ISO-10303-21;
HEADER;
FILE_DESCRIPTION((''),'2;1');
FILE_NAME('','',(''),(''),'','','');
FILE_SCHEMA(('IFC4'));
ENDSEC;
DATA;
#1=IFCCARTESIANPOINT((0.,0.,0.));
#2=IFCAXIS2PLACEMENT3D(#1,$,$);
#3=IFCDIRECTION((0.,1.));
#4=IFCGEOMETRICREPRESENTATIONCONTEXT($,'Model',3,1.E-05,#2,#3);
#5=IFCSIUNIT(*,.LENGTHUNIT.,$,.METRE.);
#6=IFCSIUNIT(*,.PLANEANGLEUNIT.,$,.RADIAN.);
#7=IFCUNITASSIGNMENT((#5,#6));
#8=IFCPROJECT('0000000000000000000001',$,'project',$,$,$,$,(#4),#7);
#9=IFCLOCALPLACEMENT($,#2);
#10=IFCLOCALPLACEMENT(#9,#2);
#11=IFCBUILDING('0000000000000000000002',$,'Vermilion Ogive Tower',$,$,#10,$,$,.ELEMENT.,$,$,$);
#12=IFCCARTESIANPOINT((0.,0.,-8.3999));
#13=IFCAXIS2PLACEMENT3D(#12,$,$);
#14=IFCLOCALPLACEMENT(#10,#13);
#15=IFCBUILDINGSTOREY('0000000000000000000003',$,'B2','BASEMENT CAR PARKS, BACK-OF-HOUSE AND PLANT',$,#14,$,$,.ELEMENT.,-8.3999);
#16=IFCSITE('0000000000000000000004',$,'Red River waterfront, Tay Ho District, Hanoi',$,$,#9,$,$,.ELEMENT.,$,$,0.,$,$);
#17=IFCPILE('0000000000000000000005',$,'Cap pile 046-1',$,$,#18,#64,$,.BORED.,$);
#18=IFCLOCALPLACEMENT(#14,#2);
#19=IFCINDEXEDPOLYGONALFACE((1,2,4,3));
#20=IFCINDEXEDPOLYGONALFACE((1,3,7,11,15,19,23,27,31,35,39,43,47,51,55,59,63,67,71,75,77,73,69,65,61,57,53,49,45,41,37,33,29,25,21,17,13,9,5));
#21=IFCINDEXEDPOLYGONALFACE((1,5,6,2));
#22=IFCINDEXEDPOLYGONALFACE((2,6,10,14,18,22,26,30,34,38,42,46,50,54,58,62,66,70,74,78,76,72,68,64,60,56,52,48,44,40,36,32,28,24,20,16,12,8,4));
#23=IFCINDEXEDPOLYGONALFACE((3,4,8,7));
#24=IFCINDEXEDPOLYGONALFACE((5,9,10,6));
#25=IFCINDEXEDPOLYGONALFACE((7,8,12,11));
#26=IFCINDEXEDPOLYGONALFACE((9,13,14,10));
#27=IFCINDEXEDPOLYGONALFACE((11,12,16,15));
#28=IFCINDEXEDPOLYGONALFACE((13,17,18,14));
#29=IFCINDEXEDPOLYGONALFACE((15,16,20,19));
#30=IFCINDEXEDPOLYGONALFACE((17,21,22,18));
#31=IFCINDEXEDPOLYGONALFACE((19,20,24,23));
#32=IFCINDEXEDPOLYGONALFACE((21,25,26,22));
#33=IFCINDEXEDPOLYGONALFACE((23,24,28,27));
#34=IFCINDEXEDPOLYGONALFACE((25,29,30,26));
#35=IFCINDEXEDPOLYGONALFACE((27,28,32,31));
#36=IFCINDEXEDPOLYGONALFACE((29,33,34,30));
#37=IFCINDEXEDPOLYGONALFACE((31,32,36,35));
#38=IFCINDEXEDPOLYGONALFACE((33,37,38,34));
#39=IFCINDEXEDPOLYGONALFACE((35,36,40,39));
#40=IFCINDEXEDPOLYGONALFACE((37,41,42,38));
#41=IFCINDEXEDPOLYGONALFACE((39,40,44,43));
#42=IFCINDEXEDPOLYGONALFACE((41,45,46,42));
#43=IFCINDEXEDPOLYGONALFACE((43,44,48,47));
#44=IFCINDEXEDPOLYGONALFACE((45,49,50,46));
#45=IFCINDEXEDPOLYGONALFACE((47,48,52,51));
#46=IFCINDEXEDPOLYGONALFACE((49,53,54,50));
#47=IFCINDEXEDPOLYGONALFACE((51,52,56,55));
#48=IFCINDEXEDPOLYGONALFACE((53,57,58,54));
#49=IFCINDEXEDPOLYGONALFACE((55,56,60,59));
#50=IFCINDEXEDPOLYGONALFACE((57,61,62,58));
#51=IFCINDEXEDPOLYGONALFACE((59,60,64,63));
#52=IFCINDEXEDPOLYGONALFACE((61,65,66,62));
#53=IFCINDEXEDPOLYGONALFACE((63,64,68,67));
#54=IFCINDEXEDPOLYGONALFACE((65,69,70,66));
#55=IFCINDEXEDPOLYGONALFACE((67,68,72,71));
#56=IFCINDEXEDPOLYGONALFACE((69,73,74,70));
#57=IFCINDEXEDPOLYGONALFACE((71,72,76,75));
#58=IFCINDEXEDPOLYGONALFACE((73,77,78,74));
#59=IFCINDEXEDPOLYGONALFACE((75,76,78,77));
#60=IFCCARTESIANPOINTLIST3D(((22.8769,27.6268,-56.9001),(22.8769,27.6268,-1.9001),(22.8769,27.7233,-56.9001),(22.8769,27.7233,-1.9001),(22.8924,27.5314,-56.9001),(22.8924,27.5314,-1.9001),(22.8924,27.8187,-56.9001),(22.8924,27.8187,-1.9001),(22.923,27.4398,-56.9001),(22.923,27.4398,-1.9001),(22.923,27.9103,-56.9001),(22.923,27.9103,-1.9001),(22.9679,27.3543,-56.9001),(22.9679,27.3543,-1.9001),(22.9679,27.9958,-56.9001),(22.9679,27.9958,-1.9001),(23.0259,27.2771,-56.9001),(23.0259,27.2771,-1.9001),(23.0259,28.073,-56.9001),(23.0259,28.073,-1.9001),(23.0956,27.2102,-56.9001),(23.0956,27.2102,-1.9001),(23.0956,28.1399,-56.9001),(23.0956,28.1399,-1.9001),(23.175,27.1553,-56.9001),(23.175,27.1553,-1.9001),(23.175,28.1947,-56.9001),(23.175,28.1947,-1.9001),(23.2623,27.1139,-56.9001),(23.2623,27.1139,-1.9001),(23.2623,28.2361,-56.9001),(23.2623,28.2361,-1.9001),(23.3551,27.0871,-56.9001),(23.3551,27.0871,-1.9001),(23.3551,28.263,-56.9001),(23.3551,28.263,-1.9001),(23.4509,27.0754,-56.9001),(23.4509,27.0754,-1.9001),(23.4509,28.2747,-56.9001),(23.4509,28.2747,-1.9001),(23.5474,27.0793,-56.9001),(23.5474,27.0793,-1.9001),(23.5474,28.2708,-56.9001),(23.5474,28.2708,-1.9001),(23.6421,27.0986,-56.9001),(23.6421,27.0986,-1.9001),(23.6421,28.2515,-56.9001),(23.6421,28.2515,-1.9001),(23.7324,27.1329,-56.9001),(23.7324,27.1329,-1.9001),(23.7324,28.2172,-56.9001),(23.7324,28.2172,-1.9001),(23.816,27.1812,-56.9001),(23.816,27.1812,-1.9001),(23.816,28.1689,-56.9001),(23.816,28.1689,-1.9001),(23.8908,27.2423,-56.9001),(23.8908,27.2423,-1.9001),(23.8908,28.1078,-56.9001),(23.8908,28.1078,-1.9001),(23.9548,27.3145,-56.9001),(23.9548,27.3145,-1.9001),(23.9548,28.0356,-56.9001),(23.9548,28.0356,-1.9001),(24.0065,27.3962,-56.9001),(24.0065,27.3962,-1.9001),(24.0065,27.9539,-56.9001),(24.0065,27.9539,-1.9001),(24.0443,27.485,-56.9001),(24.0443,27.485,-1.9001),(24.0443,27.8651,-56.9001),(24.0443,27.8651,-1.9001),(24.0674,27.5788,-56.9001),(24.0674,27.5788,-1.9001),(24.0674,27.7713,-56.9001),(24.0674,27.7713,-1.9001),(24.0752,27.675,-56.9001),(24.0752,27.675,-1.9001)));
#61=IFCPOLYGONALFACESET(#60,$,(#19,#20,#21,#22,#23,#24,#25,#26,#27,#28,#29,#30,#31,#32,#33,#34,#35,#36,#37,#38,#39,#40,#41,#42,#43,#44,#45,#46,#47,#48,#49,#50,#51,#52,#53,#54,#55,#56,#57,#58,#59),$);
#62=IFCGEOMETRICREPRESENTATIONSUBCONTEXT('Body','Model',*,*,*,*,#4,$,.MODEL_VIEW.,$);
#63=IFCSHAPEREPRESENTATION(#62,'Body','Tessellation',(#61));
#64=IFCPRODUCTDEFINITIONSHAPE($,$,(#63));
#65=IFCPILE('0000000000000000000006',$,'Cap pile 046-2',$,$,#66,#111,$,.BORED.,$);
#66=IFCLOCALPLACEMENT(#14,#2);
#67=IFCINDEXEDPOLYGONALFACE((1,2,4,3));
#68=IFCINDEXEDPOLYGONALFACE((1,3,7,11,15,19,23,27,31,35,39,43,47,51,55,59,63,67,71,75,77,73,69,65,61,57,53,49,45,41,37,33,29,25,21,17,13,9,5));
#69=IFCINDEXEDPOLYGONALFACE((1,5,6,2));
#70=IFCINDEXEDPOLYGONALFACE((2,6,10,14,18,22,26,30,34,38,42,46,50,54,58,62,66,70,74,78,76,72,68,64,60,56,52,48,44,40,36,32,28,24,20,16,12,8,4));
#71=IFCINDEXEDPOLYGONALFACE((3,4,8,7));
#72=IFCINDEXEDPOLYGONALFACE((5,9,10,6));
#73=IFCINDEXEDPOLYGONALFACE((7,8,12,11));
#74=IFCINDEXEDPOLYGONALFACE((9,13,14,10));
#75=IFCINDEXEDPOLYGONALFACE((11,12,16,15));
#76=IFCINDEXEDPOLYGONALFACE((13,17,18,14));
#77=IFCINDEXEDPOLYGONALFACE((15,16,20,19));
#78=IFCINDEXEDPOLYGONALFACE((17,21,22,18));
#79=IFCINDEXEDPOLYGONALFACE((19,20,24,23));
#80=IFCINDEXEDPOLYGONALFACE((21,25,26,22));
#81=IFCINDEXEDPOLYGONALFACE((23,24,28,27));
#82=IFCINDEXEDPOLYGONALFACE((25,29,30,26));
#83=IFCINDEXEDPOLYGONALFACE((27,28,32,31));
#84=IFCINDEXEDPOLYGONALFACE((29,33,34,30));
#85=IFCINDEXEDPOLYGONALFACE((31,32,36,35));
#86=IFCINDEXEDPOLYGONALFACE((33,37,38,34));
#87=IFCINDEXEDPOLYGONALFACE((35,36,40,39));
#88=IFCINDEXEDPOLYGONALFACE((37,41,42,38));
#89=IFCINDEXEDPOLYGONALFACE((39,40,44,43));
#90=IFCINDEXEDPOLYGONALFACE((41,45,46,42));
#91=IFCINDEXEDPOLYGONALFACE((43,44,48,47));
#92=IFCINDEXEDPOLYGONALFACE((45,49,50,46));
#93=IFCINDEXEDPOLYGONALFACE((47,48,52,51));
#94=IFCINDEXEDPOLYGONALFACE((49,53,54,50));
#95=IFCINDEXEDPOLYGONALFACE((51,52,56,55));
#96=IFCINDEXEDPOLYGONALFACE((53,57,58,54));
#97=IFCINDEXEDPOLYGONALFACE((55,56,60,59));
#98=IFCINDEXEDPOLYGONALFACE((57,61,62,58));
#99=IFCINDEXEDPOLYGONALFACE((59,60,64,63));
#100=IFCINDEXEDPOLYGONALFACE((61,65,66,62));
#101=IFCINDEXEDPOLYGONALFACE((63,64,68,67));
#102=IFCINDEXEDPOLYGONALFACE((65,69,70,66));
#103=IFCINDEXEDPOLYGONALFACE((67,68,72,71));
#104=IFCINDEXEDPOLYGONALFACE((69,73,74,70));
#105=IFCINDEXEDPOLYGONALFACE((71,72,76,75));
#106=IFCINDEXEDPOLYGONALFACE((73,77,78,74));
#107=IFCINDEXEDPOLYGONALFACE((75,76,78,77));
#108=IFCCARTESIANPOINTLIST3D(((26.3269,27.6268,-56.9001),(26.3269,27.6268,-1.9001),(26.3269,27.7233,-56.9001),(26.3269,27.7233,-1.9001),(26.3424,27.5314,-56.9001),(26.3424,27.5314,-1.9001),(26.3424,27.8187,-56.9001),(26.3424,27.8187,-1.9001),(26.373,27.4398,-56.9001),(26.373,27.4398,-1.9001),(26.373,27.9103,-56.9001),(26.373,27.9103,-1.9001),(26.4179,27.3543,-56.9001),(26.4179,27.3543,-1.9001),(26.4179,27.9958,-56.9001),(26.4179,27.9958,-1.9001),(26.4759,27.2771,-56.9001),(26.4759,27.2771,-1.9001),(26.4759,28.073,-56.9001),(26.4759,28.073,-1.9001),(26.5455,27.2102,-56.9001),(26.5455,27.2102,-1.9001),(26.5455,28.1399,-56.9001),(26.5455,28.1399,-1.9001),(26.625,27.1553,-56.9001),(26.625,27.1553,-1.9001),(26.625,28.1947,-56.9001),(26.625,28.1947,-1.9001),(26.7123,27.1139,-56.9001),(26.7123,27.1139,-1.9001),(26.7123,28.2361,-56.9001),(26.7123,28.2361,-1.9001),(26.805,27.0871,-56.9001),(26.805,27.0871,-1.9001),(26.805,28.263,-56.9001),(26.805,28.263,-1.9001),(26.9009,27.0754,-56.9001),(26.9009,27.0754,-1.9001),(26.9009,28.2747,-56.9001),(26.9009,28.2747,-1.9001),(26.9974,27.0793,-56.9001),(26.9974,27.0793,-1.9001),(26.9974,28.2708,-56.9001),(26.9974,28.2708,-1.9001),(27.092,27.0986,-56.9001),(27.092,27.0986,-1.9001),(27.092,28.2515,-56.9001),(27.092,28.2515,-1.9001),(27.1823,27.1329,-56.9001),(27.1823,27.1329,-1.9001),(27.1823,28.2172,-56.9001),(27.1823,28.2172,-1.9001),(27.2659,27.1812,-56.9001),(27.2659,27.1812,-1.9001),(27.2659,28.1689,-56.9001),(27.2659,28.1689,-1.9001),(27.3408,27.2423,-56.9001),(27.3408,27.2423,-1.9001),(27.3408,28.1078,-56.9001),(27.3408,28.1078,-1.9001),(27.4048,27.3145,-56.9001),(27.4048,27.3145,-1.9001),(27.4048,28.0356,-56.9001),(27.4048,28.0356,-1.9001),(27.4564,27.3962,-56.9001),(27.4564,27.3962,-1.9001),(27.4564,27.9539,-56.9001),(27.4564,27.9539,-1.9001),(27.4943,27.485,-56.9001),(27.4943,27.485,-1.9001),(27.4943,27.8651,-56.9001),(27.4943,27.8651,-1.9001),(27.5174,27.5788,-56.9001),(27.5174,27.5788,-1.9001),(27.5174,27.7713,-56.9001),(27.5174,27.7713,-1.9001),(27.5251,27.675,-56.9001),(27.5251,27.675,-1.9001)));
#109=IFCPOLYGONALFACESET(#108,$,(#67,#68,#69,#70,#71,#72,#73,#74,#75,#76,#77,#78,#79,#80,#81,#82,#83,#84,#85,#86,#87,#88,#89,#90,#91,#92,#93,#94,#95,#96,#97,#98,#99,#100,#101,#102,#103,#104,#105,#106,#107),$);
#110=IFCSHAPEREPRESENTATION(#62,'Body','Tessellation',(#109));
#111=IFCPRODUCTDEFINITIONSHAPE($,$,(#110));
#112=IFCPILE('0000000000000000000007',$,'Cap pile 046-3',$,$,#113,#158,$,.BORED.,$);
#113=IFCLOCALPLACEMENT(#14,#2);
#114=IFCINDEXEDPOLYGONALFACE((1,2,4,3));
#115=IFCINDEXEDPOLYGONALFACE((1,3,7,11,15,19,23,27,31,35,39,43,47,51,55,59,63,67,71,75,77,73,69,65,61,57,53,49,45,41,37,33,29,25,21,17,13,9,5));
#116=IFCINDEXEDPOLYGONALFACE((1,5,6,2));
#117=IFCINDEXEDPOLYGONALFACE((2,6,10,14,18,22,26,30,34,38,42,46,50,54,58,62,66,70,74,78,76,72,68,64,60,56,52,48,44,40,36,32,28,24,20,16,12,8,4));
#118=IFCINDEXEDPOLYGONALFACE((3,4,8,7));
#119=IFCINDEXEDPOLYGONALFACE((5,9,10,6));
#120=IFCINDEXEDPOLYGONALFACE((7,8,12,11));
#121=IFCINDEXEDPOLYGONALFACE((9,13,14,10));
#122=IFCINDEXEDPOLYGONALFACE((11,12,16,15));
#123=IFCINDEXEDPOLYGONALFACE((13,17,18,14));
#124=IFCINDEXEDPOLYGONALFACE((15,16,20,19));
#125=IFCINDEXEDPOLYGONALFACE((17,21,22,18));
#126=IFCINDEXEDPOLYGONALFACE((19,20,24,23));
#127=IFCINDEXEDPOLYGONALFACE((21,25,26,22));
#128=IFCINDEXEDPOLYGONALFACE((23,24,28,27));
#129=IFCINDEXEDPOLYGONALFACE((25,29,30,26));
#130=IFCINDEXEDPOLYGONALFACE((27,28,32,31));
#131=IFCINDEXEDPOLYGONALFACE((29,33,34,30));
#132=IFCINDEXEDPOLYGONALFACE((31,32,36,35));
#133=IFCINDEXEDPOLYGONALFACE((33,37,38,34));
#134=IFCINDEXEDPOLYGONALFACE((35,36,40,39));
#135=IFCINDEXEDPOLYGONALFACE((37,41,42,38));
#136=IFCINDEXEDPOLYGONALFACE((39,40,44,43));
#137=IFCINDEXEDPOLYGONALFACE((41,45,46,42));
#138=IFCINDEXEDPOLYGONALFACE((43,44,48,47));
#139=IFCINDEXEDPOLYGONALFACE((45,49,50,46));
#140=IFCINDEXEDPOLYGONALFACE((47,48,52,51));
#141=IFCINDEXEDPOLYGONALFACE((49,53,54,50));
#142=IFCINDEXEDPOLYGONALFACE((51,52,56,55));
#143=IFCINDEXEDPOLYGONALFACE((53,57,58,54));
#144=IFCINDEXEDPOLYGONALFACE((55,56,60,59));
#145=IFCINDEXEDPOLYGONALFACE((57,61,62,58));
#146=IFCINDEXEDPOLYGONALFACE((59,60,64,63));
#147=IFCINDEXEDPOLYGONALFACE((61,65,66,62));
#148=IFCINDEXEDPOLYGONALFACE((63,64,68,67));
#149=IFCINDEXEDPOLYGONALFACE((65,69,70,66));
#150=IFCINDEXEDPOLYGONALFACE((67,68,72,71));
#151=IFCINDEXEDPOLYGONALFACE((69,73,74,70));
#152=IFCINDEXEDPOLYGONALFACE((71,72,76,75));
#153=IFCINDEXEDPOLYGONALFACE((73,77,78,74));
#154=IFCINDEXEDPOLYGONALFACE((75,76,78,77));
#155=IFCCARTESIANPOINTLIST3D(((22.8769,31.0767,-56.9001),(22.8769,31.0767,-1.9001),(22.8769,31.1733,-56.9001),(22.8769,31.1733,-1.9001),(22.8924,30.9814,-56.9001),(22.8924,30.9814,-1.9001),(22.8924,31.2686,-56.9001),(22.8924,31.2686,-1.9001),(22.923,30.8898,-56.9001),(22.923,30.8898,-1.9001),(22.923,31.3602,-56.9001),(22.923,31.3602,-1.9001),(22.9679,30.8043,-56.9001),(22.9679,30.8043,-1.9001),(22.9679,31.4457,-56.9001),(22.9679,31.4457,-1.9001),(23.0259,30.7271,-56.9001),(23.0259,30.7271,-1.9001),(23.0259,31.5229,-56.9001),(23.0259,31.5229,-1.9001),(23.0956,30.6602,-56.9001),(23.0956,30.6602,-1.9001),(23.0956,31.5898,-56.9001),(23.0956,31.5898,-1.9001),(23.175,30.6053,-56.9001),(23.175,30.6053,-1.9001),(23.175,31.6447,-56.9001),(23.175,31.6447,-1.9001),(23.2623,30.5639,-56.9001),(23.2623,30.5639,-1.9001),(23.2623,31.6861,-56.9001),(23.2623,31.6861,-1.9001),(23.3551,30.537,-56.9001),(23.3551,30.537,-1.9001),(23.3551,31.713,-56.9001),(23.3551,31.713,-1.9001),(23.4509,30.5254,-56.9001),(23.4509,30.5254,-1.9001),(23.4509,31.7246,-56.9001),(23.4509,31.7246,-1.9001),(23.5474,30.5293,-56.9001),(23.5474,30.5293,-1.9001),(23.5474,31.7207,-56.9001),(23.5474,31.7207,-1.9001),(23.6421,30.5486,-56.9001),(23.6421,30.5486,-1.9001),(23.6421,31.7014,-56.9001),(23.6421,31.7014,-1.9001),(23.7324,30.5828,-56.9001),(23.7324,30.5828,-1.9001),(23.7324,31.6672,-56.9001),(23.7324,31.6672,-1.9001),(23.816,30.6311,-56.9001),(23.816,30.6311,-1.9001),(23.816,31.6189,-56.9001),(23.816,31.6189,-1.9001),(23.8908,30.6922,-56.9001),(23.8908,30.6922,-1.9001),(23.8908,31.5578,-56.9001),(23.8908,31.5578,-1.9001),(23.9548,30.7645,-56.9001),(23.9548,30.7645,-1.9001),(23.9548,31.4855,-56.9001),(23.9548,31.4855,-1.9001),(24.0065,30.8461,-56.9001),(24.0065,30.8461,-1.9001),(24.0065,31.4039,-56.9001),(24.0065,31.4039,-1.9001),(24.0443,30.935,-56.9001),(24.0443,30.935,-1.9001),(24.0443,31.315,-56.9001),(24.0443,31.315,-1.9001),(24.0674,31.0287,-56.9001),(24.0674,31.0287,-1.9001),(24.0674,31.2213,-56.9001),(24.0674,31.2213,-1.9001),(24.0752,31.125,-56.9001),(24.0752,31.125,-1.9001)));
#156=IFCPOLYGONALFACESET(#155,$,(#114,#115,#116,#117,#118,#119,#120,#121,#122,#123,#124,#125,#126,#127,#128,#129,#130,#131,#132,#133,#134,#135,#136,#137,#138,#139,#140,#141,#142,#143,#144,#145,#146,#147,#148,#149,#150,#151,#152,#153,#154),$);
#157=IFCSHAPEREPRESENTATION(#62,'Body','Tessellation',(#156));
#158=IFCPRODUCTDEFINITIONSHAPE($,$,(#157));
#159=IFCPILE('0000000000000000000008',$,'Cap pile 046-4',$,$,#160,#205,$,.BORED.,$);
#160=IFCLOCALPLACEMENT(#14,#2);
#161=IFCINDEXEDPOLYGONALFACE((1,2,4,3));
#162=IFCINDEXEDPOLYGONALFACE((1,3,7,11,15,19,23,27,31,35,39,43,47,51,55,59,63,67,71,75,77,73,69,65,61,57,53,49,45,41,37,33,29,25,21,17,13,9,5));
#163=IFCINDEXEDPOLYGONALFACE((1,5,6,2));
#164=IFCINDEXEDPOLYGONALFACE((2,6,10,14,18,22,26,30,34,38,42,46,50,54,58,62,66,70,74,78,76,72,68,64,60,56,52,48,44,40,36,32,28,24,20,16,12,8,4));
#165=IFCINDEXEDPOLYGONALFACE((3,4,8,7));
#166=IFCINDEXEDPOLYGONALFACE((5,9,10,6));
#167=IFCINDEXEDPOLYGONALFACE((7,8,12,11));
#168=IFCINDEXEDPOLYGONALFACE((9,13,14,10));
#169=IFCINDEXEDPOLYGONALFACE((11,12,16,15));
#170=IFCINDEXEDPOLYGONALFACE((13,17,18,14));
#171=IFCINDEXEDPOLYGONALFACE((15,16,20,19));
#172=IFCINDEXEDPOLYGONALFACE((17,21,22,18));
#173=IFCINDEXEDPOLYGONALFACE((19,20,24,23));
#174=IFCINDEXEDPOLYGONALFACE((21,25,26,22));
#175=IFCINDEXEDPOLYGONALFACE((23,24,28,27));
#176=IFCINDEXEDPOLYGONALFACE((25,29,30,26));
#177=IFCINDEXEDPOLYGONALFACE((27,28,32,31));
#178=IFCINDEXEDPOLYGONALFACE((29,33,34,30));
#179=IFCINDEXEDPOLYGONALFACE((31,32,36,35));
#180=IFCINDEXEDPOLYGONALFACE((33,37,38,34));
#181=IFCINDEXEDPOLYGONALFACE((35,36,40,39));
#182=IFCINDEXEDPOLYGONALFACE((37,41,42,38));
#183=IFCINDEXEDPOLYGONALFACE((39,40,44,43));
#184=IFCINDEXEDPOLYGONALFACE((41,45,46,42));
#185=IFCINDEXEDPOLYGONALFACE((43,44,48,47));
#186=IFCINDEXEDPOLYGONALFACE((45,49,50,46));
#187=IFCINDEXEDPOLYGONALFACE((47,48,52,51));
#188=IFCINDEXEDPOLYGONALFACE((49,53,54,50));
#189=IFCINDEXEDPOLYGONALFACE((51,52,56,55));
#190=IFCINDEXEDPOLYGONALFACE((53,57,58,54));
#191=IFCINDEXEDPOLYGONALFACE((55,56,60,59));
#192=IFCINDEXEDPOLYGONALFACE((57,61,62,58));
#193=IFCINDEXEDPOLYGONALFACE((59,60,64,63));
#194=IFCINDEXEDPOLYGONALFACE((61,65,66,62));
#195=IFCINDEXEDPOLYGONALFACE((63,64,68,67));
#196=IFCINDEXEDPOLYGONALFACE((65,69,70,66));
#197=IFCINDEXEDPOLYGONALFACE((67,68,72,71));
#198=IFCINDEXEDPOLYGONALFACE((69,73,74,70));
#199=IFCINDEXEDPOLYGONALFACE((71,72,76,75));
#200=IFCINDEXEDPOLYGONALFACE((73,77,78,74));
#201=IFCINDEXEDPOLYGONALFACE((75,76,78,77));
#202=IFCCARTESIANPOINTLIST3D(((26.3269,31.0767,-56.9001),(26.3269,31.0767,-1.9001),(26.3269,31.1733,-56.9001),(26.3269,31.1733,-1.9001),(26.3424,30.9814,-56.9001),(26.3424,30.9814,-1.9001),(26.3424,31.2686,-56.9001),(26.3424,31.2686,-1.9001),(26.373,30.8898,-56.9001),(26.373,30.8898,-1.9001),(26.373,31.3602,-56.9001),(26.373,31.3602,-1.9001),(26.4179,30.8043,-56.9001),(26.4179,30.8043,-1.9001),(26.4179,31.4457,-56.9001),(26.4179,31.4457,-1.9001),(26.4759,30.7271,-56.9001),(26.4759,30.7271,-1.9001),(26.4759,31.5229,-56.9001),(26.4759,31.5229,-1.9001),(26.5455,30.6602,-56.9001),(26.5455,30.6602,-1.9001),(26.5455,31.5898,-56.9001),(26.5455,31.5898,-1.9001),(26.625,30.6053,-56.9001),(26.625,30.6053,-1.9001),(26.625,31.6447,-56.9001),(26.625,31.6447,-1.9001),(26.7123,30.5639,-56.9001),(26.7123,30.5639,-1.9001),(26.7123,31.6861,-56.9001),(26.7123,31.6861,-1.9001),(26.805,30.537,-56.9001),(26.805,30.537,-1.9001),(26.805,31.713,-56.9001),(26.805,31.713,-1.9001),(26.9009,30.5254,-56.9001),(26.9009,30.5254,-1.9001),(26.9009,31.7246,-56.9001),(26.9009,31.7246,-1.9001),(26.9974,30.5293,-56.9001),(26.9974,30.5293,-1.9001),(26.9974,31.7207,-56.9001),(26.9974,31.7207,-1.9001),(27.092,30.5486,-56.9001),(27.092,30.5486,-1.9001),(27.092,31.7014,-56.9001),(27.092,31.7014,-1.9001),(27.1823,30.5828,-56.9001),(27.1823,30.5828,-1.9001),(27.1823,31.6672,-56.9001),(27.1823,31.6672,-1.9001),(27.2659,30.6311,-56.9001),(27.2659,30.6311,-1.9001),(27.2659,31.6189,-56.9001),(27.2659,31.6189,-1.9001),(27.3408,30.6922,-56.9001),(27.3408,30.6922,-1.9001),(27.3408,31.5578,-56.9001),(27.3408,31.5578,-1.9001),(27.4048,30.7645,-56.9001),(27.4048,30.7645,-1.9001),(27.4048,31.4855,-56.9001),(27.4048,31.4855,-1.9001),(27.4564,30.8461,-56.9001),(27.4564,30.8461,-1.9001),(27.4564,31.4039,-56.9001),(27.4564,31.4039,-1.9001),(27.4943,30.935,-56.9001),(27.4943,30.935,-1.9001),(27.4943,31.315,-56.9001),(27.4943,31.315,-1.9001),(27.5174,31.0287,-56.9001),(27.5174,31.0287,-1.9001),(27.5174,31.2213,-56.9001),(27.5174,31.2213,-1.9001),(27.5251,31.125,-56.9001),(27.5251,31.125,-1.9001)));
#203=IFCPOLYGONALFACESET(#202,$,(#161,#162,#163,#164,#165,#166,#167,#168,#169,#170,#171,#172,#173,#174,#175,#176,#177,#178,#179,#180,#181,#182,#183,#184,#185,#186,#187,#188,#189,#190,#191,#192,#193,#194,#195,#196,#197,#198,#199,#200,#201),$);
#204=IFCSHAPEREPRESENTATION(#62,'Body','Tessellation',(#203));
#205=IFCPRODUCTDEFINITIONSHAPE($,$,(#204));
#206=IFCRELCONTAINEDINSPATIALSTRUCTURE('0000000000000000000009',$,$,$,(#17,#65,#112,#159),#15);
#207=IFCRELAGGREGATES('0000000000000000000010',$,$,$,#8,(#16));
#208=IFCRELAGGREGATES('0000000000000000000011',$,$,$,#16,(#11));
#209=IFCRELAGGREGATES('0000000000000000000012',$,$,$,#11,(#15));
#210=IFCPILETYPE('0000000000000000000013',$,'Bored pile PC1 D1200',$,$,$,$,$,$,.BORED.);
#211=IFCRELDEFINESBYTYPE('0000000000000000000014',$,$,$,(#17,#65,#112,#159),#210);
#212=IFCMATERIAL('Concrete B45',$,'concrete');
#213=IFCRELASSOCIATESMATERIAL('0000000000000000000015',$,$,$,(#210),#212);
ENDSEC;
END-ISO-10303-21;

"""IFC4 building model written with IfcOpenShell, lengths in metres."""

from ifc_helpers import new_model, si_unit, direction, frame, origin, origin_2d, place, context, subcontext, project, spatial, circle, extrude, material, type_object, element, save


model = new_model("IFC4")

# Units and contexts
model_context = context("Model", 3, precision=1e-05, world=origin(), true_north=direction((0.0, 1.0)))
body_context = subcontext(model_context, "Body", "Model", "MODEL_VIEW")
ifc_project = project(units=[si_unit("LENGTHUNIT", "METRE"), si_unit("PLANEANGLEUNIT", "RADIAN")], contexts=[model_context])

# Site, building, storey
site_placement = place(None, origin())
site = spatial("IfcSite", under=ifc_project, at=site_placement, Name="Red River waterfront, Tay Ho District, Hanoi", CompositionType="ELEMENT", RefElevation=0.0)
building_placement = place(site_placement, origin())
building = spatial("IfcBuilding", under=site, at=building_placement, Name="Vermilion Ogive Tower", CompositionType="ELEMENT")
storey_placement = place(building_placement, frame((0.0, 0.0, -8.3999)))
storey = spatial("IfcBuildingStorey", under=building, at=storey_placement, Name="B2", Description="BASEMENT CAR PARKS, BACK-OF-HOUSE AND PLANT", CompositionType="ELEMENT", Elevation=-8.3999)

# Piles
ifc_material_1 = material(Name="Concrete B45", Category="concrete")
pile_type = type_object("IfcPileType", Name="Bored pile PC1 D1200", PredefinedType="BORED", material=ifc_material_1)
for number, where, z_axis, x_axis, name in (
    (1, (23.4751, 27.675, -1.9001), (0.0, 0.0, -1.0), (1.0, 0.0, 0.0), "Cap pile 046-1"),
    (2, (26.925, 27.675, -1.9001), (0.0, 0.0, -1.0), (1.0, 0.0, 0.0), "Cap pile 046-2"),
    (3, (23.4751, 31.125, -1.9001), (0.0, 0.0, -1.0), (1.0, 0.0, 0.0), "Cap pile 046-3"),
    (4, (26.925, 31.125, -1.9001), (0.0, 0.0, -1.0), (1.0, 0.0, 0.0), "Cap pile 046-4"),
):
    element("IfcPile", number, at=place(storey_placement, frame(where, z_axis=z_axis, x_axis=x_axis)), inside=storey, type_object=pile_type, Name=name, PredefinedType="BORED", context=body_context, shape_type="SweptSolid", body=[
        extrude(circle(Radius=0.6001, at=origin_2d()), origin(), (0.0, 0.0, 1.0), 55.0),
    ])

save(model, "model.ifc")
